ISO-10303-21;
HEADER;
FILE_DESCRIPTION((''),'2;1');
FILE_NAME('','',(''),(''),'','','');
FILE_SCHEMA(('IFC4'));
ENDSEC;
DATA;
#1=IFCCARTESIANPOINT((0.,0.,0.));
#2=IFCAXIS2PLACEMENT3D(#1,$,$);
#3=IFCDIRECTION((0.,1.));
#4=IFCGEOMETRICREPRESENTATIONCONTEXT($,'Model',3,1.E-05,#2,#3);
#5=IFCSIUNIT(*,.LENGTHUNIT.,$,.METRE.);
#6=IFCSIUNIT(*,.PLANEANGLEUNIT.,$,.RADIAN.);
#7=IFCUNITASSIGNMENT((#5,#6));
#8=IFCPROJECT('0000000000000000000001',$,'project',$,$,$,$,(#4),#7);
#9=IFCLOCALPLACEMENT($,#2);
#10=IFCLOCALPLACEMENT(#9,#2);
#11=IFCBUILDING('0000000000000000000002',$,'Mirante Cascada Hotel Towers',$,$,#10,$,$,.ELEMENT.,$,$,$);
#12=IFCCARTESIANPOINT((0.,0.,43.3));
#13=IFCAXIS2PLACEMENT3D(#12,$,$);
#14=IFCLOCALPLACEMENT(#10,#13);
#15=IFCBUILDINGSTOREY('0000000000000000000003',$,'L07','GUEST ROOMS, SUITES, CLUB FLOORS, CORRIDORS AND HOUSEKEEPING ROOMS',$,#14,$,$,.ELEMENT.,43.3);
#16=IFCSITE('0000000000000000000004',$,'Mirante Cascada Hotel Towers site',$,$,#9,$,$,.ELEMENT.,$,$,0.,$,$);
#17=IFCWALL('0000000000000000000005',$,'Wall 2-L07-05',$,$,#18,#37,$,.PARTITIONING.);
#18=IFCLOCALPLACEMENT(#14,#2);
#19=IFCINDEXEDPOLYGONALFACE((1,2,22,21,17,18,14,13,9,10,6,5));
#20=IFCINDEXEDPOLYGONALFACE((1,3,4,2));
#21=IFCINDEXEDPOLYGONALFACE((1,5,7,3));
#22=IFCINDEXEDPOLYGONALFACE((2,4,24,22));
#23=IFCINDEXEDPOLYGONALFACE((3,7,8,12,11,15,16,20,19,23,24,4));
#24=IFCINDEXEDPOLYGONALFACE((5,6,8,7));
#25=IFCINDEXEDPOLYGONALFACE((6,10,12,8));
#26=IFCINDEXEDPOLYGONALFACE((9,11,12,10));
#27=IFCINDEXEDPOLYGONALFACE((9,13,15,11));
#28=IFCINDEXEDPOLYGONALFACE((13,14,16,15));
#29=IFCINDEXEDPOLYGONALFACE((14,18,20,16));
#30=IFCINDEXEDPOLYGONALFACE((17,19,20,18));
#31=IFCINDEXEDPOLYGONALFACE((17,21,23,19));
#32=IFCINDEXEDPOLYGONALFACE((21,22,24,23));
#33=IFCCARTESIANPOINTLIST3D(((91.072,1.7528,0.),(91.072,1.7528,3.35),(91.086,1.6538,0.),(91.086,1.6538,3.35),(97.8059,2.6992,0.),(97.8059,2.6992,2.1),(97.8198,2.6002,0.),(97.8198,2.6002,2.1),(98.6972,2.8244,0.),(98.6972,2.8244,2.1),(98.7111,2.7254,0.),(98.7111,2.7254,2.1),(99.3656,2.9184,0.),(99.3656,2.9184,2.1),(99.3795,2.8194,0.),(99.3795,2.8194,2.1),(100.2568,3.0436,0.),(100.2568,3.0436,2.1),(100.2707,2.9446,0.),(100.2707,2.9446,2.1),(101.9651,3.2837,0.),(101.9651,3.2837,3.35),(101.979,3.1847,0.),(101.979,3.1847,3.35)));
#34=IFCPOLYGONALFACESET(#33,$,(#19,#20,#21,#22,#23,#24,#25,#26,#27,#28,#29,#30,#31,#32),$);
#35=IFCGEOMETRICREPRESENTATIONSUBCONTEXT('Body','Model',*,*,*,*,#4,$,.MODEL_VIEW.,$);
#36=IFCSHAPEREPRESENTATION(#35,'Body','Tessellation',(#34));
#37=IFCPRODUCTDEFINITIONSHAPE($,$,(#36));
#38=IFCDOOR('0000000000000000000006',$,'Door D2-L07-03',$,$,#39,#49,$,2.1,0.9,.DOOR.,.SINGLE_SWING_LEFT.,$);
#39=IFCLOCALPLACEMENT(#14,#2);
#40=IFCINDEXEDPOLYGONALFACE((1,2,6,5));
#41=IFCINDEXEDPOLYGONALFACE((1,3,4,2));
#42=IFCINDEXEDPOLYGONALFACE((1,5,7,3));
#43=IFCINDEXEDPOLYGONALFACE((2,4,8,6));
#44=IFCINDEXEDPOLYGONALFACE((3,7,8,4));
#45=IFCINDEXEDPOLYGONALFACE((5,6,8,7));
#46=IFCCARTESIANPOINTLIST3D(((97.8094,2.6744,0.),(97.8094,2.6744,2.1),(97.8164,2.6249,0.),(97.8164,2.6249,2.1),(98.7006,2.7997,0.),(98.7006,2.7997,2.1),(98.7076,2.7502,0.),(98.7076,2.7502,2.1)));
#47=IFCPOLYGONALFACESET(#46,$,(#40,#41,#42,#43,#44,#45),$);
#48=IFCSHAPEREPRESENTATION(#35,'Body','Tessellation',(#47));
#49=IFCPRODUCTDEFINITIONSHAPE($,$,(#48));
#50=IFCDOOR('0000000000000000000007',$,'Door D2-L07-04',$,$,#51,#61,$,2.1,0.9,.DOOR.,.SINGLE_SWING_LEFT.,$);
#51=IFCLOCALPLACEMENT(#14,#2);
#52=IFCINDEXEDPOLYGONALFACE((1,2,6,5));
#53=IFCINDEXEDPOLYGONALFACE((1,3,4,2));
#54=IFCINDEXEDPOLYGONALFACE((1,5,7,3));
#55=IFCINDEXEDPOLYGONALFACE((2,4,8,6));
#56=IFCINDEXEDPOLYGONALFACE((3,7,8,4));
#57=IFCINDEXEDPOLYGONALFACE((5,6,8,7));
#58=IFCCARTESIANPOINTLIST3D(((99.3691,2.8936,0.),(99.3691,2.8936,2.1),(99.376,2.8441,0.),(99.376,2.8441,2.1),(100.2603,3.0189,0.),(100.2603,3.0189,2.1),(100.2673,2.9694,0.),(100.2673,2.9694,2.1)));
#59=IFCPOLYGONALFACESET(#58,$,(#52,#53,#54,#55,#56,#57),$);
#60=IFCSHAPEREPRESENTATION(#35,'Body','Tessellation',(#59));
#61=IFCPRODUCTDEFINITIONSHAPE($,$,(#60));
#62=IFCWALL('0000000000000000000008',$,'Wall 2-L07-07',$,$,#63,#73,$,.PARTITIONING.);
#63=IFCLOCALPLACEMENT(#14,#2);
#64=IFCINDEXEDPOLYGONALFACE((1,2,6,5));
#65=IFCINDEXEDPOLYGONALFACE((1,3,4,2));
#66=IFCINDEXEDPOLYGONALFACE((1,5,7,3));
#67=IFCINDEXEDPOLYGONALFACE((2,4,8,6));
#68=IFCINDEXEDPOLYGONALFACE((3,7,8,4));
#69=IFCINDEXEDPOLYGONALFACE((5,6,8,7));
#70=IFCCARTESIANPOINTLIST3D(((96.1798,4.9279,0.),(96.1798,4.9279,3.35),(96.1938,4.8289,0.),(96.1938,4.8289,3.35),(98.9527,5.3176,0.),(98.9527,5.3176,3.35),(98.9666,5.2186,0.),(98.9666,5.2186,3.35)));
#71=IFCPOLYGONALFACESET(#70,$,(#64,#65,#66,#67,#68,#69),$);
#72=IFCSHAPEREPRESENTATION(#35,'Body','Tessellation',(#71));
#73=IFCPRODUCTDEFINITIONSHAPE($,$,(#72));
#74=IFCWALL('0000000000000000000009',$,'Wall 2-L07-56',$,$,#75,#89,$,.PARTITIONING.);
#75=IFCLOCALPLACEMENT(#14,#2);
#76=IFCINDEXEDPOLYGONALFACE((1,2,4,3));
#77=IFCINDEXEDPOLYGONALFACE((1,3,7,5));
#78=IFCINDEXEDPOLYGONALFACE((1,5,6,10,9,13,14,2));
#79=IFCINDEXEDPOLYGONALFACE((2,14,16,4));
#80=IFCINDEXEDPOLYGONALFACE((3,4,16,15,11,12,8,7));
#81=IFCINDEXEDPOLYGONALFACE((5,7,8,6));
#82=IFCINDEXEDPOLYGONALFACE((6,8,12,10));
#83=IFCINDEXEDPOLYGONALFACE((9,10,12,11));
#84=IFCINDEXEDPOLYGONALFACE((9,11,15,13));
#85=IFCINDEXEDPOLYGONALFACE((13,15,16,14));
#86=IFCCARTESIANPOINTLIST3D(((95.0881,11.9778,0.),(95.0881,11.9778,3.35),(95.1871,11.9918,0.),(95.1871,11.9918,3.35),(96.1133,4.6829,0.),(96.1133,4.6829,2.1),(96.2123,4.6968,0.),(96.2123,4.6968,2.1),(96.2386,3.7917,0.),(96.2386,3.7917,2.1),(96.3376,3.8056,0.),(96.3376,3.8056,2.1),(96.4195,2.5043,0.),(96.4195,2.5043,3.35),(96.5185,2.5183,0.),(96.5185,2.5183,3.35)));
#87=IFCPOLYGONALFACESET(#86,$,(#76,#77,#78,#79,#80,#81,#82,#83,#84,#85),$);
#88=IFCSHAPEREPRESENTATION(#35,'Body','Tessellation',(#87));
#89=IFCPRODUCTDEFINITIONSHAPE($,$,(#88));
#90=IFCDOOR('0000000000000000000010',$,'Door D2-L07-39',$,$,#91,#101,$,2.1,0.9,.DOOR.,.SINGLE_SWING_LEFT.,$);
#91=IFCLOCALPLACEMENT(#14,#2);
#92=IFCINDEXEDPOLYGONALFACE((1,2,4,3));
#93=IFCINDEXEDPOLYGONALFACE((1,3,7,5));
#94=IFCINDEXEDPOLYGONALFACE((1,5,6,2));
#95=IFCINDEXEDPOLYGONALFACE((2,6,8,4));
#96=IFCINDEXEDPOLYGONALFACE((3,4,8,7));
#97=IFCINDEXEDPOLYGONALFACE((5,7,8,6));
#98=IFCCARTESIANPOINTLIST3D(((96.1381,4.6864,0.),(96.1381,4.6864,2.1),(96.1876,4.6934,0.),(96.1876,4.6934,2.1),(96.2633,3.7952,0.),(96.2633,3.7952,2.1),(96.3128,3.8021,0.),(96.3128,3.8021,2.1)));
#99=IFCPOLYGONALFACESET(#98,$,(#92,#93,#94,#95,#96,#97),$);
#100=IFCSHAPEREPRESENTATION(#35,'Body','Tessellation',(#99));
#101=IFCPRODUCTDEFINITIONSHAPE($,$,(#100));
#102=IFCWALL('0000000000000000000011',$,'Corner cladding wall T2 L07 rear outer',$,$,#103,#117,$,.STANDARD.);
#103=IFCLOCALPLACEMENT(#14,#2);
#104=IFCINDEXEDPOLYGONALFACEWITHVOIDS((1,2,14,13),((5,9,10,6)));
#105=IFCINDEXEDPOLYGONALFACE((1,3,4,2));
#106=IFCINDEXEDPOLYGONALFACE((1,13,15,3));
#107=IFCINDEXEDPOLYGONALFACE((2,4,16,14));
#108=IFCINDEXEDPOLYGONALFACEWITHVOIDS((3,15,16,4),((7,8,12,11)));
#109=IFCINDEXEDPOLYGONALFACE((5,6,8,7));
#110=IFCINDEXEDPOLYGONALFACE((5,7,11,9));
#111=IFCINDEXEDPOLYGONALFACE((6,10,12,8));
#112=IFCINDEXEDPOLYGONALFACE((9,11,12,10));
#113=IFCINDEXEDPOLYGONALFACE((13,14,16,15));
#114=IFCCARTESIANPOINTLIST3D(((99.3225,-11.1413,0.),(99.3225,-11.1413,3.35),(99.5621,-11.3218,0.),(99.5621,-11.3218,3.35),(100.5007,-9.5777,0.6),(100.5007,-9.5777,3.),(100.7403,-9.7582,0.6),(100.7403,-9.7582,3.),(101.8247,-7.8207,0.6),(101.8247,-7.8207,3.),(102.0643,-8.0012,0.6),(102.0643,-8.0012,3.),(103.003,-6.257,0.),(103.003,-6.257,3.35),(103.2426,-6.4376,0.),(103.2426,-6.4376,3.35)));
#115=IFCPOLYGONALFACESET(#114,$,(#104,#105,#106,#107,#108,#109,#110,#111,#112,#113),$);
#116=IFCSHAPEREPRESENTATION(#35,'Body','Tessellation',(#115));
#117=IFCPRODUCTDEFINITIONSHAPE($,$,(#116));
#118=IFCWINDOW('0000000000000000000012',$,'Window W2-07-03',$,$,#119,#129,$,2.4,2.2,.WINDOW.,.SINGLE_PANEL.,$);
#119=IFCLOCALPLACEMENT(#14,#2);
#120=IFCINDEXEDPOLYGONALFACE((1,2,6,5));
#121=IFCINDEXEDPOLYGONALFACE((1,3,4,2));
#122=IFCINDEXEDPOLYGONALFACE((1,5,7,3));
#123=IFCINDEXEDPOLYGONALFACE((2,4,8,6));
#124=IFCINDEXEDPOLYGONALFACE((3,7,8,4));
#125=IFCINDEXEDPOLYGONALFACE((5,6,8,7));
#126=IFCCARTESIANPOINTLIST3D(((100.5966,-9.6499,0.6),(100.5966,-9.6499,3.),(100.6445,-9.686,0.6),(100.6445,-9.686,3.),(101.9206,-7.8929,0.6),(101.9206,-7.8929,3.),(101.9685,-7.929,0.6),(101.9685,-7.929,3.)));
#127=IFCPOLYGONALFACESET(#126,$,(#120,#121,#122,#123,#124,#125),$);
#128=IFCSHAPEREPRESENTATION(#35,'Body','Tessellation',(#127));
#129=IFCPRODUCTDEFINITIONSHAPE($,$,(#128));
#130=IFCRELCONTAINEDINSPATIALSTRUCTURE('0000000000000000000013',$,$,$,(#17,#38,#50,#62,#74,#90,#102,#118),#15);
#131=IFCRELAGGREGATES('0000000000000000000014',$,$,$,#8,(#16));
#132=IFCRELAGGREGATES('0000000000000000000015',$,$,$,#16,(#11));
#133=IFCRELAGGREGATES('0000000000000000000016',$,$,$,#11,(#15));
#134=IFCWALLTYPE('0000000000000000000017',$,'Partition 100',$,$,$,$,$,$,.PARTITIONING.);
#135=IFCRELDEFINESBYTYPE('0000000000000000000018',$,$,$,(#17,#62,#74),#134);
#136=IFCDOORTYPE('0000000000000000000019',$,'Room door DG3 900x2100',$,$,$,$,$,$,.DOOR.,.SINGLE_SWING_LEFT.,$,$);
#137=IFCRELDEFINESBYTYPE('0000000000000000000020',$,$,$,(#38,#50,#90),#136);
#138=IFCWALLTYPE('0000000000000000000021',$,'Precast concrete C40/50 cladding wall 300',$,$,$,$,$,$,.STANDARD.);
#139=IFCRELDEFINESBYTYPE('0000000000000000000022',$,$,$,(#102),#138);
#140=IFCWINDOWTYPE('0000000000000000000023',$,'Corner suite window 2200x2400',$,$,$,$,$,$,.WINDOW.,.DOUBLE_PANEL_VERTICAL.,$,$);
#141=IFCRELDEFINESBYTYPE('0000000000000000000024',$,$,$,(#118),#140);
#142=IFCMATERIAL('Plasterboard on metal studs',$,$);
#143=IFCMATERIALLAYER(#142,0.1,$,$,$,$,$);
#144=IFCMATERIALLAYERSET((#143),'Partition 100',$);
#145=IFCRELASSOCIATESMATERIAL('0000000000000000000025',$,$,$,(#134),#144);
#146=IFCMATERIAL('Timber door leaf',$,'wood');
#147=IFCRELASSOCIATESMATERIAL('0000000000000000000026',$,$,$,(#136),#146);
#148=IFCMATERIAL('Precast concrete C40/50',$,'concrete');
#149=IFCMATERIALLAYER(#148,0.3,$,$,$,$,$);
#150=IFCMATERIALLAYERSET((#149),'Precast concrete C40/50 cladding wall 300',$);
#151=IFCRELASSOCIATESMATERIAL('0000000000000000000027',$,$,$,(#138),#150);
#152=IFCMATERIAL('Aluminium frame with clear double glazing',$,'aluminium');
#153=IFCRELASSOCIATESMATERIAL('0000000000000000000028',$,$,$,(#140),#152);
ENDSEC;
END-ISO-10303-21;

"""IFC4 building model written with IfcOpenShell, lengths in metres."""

from ifc_helpers import new_model, si_unit, direction, frame, frame_2d, origin, place, context, subcontext, project, spatial, rectangle, extrude, material, layer, layer_set, type_object, element, fill, save


model = new_model("IFC4")

# Units and contexts
model_context = context("Model", 3, precision=1e-05, world=origin(), true_north=direction((0.0, 1.0)))
body_context = subcontext(model_context, "Body", "Model", "MODEL_VIEW")
ifc_project = project(units=[si_unit("LENGTHUNIT", "METRE"), si_unit("PLANEANGLEUNIT", "RADIAN")], contexts=[model_context])

# Site, building, storey
site_placement = place(None, origin())
site = spatial("IfcSite", under=ifc_project, at=site_placement, Name="Mirante Cascada Hotel Towers site", CompositionType="ELEMENT", RefElevation=0.0)
building_placement = place(site_placement, origin())
building = spatial("IfcBuilding", under=site, at=building_placement, Name="Mirante Cascada Hotel Towers", CompositionType="ELEMENT")
storey_placement = place(building_placement, frame((0.0, 0.0, 43.3)))
storey = spatial("IfcBuildingStorey", under=building, at=storey_placement, Name="L07", Description="GUEST ROOMS, SUITES, CLUB FLOORS, CORRIDORS AND HOUSEKEEPING ROOMS", CompositionType="ELEMENT", Elevation=43.3)

# Shared definitions
ifc_material_1 = material(Name="Plasterboard on metal studs")
ifc_layer_1 = layer(ifc_material_1, 0.1)
ifc_layer_set_1 = layer_set([ifc_layer_1], Name="Partition 100")
wall_type_1 = type_object("IfcWallType", Name="Partition 100", PredefinedType="PARTITIONING", material=ifc_layer_set_1)
ifc_material_2 = material(Name="Timber door leaf", Category="wood")
door_type = type_object("IfcDoorType", Name="Room door DG3 900x2100", OperationType="SINGLE_SWING_LEFT", PredefinedType="DOOR", material=ifc_material_2)

# Wall, openings, doors
wall_1_placement = place(storey_placement, frame((101.972, 3.2342, 0.0), z_axis=(0.0, 0.0, 1.0), x_axis=(-0.990268, -0.139172, 0.0)))
wall_1 = element("IfcWall", 1, at=wall_1_placement, inside=storey, type_object=wall_type_1, Name="Wall 2-L07-05", PredefinedType="PARTITIONING", context=body_context, shape_type="SweptSolid", body=[
    extrude(rectangle(XDim=11.0001, YDim=0.1, at=frame_2d((5.5, 0.0))), origin(), (0.0, 0.0, 1.0), 3.35),
])
opening_1_placement = place(wall_1_placement, frame((3.3, 0.0, 0.0)))
opening_1 = element("IfcOpeningElement", 2, at=opening_1_placement, cuts=wall_1, PredefinedType="OPENING", context=body_context, shape_type="SweptSolid", body=[
    extrude(rectangle(XDim=0.9, YDim=2.1, at=frame_2d((0.45, 1.05))), frame((0.0, 0.05, 0.0), z_axis=(0.0, -1.0, 0.0), x_axis=(1.0, 0.0, 0.0)), (0.0, 0.0, 1.0), 0.1),
])
opening_2_placement = place(wall_1_placement, frame((1.725, 0.0, 0.0)))
opening_2 = element("IfcOpeningElement", 3, at=opening_2_placement, cuts=wall_1, PredefinedType="OPENING", context=body_context, shape_type="SweptSolid", body=[
    extrude(rectangle(XDim=0.9, YDim=2.1, at=frame_2d((0.45, 1.05))), frame((0.0, 0.05, 0.0), z_axis=(0.0, -1.0, 0.0), x_axis=(1.0, 0.0, 0.0)), (0.0, 0.0, 1.0), 0.1),
])
door_1_placement = place(opening_1_placement, origin())
door_1 = element("IfcDoor", 4, at=door_1_placement, inside=storey, type_object=door_type, Name="Door D2-L07-03", OperationType="SINGLE_SWING_LEFT", OverallHeight=2.1, OverallWidth=0.9, PredefinedType="DOOR", context=body_context, shape_type="SweptSolid", body=[
    extrude(rectangle(XDim=0.9, YDim=2.1, at=frame_2d((0.45, 1.05))), frame((0.0, 0.025, 0.0), z_axis=(0.0, -1.0, 0.0), x_axis=(1.0, 0.0, 0.0)), (0.0, 0.0, 1.0), 0.05),
])
fill(opening_1, door_1)
door_2_placement = place(opening_2_placement, origin())
door_2 = element("IfcDoor", 5, at=door_2_placement, inside=storey, type_object=door_type, Name="Door D2-L07-04", OperationType="SINGLE_SWING_LEFT", OverallHeight=2.1, OverallWidth=0.9, PredefinedType="DOOR", context=body_context, shape_type="SweptSolid", body=[
    extrude(rectangle(XDim=0.9, YDim=2.1, at=frame_2d((0.45, 1.05))), frame((0.0, 0.025, 0.0), z_axis=(0.0, -1.0, 0.0), x_axis=(1.0, 0.0, 0.0)), (0.0, 0.0, 1.0), 0.05),
])
fill(opening_2, door_2)

# Wall
wall_2_placement = place(storey_placement, frame((98.9596, 5.2681, 0.0), z_axis=(0.0, 0.0, 1.0), x_axis=(-0.990268, -0.139176, 0.0)))
element("IfcWall", 6, at=wall_2_placement, inside=storey, type_object=wall_type_1, Name="Wall 2-L07-07", PredefinedType="PARTITIONING", context=body_context, shape_type="SweptSolid", body=[
    extrude(rectangle(XDim=2.8001, YDim=0.1, at=frame_2d((1.4, 0.0))), origin(), (0.0, 0.0, 1.0), 3.35),
])

# Wall, opening, door
wall_3_placement = place(storey_placement, frame((96.469, 2.5113, 0.0), z_axis=(0.0, 0.0, 1.0), x_axis=(-0.139172, 0.990268, 0.0)))
wall_3 = element("IfcWall", 7, at=wall_3_placement, inside=storey, type_object=wall_type_1, Name="Wall 2-L07-56", PredefinedType="PARTITIONING", context=body_context, shape_type="SweptSolid", body=[
    extrude(rectangle(XDim=9.5666, YDim=0.1, at=frame_2d((4.7833, 0.0))), origin(), (0.0, 0.0, 1.0), 3.35),
])
opening_3_placement = place(wall_3_placement, frame((1.3, 0.0, 0.0)))
opening_3 = element("IfcOpeningElement", 8, at=opening_3_placement, cuts=wall_3, PredefinedType="OPENING", context=body_context, shape_type="SweptSolid", body=[
    extrude(rectangle(XDim=0.9, YDim=2.1, at=frame_2d((0.45, 1.05))), frame((0.0, 0.05, 0.0), z_axis=(0.0, -1.0, 0.0), x_axis=(1.0, 0.0, 0.0)), (0.0, 0.0, 1.0), 0.1),
])
door_3_placement = place(opening_3_placement, origin())
door_3 = element("IfcDoor", 9, at=door_3_placement, inside=storey, type_object=door_type, Name="Door D2-L07-39", OperationType="SINGLE_SWING_LEFT", OverallHeight=2.1, OverallWidth=0.9, PredefinedType="DOOR", context=body_context, shape_type="SweptSolid", body=[
    extrude(rectangle(XDim=0.9, YDim=2.1, at=frame_2d((0.45, 1.05))), frame((0.0, 0.025, 0.0), z_axis=(0.0, -1.0, 0.0), x_axis=(1.0, 0.0, 0.0)), (0.0, 0.0, 1.0), 0.05),
])
fill(opening_3, door_3)

# Wall, opening, window
ifc_material_3 = material(Name="Precast concrete C40/50", Category="concrete")
ifc_layer_2 = layer(ifc_material_3, 0.3)
ifc_layer_set_2 = layer_set([ifc_layer_2], Name="Precast concrete C40/50 cladding wall 300")
wall_type_2 = type_object("IfcWallType", Name="Precast concrete C40/50 cladding wall 300", PredefinedType="STANDARD", material=ifc_layer_set_2)
wall_4_placement = place(storey_placement, frame((99.4423, -11.2315, 0.0), z_axis=(0.0, 0.0, 1.0), x_axis=(0.601814, 0.798636, 0.0)))
wall_4 = element("IfcWall", 10, at=wall_4_placement, inside=storey, type_object=wall_type_2, Name="Corner cladding wall T2 L07 rear outer", PredefinedType="STANDARD", context=body_context, shape_type="SweptSolid", body=[
    extrude(rectangle(XDim=6.1157, YDim=0.3, at=frame_2d((3.0578, 0.0))), origin(), (0.0, 0.0, 1.0), 3.35),
])
opening_4_placement = place(wall_4_placement, frame((1.9578, 0.0, 0.6)))
opening_4 = element("IfcOpeningElement", 11, at=opening_4_placement, cuts=wall_4, PredefinedType="OPENING", context=body_context, shape_type="SweptSolid", body=[
    extrude(rectangle(XDim=2.2, YDim=2.4, at=frame_2d((1.1, 1.2))), frame((0.0, 0.15, 0.0), z_axis=(0.0, -1.0, 0.0), x_axis=(1.0, 0.0, 0.0)), (0.0, 0.0, 1.0), 0.3),
])
ifc_material_4 = material(Name="Aluminium frame with clear double glazing", Category="aluminium")
window_type = type_object("IfcWindowType", Name="Corner suite window 2200x2400", PartitioningType="DOUBLE_PANEL_VERTICAL", PredefinedType="WINDOW", material=ifc_material_4)
window_placement = place(opening_4_placement, origin())
window = element("IfcWindow", 12, at=window_placement, inside=storey, type_object=window_type, Name="Window W2-07-03", OverallHeight=2.4, OverallWidth=2.2, PartitioningType="SINGLE_PANEL", PredefinedType="WINDOW", context=body_context, shape_type="SweptSolid", body=[
    extrude(rectangle(XDim=2.2, YDim=2.4, at=frame_2d((1.1, 1.2))), frame((0.0, 0.03, 0.0), z_axis=(0.0, -1.0, 0.0), x_axis=(1.0, 0.0, 0.0)), (0.0, 0.0, 1.0), 0.06),
])
fill(opening_4, window)

save(model, "model.ifc")
